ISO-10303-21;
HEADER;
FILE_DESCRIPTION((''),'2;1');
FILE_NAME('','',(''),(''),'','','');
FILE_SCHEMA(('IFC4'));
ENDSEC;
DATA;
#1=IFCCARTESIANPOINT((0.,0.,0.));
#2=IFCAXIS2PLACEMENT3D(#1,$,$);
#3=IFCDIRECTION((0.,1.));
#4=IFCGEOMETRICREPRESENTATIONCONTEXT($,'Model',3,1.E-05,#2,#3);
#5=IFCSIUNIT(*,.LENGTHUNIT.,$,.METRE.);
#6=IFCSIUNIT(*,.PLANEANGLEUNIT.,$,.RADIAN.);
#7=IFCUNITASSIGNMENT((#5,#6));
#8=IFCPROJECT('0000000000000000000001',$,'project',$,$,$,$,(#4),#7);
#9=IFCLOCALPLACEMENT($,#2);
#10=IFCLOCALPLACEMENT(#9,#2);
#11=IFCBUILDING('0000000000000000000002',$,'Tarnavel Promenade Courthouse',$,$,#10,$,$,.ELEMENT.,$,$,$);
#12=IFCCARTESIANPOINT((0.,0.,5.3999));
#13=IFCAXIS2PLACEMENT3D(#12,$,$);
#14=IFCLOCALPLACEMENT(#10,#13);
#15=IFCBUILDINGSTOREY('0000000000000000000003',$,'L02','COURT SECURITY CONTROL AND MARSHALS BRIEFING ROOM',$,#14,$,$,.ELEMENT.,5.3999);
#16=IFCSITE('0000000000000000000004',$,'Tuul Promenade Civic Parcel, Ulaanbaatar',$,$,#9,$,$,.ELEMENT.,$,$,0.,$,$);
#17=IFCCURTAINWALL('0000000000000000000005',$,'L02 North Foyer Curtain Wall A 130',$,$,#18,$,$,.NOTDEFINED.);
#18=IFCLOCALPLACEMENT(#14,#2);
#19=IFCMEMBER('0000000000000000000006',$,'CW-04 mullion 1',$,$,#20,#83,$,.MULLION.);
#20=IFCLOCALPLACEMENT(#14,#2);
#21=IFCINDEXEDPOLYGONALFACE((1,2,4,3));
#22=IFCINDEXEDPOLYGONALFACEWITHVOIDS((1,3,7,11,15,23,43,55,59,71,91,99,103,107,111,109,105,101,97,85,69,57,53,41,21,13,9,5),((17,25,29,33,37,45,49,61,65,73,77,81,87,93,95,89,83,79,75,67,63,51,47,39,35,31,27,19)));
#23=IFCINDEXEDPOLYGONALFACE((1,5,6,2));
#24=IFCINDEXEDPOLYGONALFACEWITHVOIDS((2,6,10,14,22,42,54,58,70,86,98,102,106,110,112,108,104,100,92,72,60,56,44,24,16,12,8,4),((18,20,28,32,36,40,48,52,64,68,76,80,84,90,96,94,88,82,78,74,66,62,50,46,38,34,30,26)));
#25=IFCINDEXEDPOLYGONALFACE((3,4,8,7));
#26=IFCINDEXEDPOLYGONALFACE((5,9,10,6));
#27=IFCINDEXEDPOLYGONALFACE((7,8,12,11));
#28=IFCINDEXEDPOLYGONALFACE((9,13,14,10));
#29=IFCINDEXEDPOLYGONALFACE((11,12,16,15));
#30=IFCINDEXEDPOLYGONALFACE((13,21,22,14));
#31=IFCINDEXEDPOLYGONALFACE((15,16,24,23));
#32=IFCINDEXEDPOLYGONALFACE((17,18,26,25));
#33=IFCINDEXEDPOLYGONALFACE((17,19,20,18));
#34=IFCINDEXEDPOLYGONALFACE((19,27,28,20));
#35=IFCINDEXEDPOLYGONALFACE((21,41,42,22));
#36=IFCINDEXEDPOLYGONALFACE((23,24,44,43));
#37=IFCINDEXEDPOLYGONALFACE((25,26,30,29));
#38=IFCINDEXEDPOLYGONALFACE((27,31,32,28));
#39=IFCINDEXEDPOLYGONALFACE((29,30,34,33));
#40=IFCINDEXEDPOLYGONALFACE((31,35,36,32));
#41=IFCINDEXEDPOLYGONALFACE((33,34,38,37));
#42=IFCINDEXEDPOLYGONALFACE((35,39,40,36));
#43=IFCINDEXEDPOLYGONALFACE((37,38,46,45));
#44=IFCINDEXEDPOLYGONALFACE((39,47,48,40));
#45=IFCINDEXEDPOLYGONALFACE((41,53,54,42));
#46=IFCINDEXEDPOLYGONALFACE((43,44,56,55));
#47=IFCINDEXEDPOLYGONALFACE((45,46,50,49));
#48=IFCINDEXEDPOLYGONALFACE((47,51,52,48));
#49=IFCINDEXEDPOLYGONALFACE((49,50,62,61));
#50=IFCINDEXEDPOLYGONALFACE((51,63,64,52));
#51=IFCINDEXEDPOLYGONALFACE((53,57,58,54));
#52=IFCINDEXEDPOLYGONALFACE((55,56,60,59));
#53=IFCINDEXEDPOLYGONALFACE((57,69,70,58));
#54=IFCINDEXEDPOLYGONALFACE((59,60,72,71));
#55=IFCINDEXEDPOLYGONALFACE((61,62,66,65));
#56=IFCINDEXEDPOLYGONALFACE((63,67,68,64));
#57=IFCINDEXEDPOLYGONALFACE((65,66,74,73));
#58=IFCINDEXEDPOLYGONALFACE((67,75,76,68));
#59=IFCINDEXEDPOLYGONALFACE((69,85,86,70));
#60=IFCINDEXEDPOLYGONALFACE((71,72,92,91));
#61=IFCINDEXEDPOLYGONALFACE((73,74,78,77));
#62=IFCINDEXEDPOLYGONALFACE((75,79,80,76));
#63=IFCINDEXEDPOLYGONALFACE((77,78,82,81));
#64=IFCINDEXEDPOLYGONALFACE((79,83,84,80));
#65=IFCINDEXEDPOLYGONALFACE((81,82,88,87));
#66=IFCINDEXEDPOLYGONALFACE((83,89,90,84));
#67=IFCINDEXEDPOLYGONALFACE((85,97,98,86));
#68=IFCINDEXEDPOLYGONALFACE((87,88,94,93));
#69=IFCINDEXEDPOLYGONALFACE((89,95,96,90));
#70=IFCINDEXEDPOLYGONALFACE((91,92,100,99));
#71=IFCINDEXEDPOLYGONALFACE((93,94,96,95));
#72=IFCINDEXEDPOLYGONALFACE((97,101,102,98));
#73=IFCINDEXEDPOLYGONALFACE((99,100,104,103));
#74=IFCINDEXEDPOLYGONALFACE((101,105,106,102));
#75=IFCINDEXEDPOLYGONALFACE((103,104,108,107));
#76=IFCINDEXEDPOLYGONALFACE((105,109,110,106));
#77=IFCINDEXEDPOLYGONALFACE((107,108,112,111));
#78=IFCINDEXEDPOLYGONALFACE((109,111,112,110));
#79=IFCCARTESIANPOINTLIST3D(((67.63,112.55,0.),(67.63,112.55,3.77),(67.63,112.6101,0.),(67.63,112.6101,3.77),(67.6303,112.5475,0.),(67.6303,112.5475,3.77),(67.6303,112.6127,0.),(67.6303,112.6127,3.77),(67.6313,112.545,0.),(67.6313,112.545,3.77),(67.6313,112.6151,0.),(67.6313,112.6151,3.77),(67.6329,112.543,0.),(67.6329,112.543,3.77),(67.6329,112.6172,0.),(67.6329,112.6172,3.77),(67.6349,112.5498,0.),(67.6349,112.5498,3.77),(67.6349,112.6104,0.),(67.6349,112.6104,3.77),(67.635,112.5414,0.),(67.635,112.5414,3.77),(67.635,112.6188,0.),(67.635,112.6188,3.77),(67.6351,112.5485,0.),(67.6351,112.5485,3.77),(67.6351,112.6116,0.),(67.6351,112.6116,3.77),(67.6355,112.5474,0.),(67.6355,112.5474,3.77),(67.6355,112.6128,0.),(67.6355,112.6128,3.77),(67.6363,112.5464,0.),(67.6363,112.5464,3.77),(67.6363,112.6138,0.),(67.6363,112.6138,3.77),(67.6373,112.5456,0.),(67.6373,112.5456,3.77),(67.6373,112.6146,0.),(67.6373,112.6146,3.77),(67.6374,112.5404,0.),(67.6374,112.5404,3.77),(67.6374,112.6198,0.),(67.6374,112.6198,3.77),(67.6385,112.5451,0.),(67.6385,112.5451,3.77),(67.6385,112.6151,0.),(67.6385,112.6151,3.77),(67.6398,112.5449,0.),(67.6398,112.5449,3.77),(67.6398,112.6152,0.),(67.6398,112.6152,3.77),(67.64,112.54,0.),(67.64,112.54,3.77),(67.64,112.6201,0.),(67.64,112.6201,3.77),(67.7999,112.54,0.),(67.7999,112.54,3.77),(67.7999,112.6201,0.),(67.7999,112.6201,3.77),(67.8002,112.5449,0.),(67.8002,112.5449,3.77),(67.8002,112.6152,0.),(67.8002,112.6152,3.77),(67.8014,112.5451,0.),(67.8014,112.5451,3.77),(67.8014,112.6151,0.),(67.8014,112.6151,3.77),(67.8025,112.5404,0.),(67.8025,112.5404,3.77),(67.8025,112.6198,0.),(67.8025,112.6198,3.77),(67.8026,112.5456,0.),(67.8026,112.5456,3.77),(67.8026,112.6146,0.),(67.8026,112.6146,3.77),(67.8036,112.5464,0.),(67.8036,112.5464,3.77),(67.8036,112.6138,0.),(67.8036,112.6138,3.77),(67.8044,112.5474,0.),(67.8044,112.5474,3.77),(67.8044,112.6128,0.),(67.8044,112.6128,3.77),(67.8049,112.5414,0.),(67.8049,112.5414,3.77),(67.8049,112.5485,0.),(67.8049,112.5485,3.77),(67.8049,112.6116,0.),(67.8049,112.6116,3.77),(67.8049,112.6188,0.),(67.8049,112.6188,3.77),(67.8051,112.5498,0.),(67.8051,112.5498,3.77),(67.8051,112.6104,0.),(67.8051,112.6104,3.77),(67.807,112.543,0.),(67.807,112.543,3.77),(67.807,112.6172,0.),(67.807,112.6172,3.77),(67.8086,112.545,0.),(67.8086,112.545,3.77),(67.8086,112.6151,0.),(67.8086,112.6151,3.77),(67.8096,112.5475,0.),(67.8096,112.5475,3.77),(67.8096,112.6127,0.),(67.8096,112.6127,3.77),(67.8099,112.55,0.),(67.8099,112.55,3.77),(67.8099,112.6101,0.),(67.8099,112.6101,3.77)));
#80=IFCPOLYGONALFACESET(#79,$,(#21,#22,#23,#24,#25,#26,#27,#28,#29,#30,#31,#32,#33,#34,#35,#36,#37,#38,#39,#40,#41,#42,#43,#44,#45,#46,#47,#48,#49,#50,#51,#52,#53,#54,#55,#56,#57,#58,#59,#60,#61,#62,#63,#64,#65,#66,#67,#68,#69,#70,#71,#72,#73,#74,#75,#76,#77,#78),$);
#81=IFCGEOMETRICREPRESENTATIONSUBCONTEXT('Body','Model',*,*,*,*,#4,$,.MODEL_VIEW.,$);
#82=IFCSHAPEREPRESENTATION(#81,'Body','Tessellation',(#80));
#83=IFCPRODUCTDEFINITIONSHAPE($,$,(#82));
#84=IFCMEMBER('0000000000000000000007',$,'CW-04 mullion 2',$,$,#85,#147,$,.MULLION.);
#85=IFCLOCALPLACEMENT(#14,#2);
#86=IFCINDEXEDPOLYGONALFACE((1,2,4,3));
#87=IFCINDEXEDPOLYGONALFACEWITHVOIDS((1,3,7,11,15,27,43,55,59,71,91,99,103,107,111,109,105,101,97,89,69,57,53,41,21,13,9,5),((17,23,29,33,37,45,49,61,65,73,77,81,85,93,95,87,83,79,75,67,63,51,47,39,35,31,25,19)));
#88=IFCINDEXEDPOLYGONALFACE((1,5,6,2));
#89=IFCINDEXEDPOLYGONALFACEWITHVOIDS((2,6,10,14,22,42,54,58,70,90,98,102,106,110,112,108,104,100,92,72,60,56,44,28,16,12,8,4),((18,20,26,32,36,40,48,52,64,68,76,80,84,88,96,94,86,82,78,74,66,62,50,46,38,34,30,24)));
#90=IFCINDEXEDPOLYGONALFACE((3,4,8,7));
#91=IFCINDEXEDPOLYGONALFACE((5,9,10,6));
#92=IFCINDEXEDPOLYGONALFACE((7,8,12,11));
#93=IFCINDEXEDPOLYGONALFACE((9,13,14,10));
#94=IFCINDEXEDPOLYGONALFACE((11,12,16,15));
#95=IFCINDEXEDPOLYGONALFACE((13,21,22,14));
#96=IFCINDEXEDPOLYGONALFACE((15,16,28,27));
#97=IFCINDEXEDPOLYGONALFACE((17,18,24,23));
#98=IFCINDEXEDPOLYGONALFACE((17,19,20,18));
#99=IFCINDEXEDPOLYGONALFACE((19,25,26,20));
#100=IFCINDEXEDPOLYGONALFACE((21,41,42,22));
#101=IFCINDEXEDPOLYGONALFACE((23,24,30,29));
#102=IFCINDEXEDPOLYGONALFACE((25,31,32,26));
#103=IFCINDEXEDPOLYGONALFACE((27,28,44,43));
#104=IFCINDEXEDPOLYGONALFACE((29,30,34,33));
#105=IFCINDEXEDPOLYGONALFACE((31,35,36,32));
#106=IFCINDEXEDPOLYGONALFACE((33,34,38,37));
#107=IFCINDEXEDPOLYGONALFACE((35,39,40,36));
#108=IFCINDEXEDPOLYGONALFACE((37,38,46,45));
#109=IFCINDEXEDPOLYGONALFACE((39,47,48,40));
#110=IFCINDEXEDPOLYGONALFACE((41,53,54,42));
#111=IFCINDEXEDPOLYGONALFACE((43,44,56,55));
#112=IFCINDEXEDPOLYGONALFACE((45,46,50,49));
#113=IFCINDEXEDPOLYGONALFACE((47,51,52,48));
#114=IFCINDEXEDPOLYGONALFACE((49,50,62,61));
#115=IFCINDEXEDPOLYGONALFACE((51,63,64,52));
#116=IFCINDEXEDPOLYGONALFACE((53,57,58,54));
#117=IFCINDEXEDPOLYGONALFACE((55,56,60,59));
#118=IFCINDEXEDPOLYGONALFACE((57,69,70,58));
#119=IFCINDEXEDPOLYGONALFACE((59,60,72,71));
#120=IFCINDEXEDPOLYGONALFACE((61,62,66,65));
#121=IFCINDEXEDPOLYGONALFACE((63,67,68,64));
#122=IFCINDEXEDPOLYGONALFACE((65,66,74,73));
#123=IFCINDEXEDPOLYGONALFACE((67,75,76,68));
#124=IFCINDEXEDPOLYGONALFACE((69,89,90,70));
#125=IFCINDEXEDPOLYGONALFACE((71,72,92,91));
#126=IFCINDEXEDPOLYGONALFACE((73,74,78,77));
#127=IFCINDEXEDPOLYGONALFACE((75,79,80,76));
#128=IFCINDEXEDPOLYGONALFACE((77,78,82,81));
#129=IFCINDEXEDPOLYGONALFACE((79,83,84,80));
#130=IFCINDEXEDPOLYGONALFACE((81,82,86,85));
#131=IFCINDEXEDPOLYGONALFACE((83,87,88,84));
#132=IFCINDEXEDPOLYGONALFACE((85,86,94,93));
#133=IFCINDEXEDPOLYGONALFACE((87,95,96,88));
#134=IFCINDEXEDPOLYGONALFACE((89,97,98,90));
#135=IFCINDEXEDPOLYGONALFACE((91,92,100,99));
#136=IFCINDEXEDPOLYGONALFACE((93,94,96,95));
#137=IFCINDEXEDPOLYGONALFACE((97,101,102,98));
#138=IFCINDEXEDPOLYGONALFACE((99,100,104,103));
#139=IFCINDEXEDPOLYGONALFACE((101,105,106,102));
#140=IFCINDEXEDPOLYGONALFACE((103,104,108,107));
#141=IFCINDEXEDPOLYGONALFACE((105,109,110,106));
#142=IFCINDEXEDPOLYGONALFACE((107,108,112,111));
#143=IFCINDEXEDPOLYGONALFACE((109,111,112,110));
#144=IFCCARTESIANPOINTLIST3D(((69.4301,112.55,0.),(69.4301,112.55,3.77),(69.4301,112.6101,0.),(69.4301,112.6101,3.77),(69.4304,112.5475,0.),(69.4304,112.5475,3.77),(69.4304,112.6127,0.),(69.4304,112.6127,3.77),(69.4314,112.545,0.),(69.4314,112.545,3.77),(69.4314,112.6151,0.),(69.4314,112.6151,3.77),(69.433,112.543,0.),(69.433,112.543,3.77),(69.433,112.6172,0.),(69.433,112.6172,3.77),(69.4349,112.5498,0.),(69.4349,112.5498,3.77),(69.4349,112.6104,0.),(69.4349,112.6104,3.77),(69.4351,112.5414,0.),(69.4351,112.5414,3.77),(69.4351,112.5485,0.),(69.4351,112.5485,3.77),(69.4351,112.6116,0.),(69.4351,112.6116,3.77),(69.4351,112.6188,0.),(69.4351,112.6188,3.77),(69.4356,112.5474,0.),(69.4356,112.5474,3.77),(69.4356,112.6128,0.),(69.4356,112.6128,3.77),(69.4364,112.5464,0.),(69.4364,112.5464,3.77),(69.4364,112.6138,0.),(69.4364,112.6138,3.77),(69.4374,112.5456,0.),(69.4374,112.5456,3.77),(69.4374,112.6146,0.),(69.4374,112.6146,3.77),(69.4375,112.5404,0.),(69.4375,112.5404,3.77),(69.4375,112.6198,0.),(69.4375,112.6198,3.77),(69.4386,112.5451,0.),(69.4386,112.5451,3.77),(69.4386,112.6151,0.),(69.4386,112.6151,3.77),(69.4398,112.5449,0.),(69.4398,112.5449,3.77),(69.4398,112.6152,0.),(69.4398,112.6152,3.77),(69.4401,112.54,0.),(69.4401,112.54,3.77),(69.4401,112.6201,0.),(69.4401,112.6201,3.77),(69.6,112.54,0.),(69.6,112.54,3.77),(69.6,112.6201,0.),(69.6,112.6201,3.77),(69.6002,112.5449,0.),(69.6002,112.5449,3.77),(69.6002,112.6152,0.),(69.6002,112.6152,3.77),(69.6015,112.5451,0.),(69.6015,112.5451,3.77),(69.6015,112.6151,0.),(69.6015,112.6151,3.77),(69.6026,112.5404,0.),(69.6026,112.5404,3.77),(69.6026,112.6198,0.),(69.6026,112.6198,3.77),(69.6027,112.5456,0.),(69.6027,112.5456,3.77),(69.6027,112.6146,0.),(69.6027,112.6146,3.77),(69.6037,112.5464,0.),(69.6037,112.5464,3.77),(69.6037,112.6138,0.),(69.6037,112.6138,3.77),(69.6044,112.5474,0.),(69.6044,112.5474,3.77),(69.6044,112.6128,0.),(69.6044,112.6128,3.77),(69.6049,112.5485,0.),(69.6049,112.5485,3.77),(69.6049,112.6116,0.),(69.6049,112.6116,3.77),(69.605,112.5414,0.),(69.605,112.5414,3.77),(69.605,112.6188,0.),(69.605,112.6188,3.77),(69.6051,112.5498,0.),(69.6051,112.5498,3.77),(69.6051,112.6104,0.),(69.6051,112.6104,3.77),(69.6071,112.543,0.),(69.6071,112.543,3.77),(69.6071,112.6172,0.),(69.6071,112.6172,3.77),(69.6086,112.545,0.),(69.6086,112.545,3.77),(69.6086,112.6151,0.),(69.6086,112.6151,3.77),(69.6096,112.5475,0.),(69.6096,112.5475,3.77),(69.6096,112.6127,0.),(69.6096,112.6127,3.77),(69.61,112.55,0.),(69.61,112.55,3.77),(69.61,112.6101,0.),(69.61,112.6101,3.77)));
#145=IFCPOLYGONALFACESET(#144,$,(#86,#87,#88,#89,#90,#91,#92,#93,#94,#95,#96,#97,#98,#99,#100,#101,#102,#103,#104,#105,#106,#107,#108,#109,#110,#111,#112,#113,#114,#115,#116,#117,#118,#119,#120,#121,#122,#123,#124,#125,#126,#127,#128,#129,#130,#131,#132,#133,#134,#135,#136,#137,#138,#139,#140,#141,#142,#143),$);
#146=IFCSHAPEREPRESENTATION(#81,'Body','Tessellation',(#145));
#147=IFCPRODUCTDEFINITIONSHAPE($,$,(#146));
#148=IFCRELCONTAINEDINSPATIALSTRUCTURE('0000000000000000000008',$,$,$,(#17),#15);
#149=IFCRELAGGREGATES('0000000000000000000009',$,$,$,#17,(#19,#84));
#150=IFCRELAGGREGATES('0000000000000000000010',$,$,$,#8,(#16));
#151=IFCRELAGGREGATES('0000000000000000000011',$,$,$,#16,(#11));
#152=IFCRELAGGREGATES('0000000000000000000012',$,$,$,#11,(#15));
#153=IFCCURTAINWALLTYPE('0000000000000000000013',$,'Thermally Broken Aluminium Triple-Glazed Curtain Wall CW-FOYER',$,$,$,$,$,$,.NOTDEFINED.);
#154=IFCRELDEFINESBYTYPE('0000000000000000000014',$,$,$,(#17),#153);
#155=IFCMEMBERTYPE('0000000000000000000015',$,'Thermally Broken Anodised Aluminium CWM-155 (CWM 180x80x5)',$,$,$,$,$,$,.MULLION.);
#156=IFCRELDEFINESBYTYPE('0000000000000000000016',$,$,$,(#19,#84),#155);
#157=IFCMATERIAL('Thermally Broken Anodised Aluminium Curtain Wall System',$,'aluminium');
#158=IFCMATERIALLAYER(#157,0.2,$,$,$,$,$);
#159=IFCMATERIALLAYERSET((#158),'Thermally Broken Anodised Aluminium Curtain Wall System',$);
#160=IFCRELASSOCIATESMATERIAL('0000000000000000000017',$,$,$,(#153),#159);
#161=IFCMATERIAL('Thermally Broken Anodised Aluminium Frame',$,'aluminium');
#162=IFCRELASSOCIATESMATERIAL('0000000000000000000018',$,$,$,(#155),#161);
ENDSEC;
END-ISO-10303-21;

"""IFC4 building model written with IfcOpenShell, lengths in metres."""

from ifc_helpers import new_model, si_unit, direction, frame, origin, origin_2d, place, context, subcontext, project, spatial, hollow_rectangle, extrude, material, layer, layer_set, material_profile, profile_set, type_object, element, aggregate, save


model = new_model("IFC4")

# Units and contexts
model_context = context("Model", 3, precision=1e-05, world=origin(), true_north=direction((0.0, 1.0)))
body_context = subcontext(model_context, "Body", "Model", "MODEL_VIEW")
ifc_project = project(units=[si_unit("LENGTHUNIT", "METRE"), si_unit("PLANEANGLEUNIT", "RADIAN")], contexts=[model_context])

# Site, building, storey
site_placement = place(None, origin())
site = spatial("IfcSite", under=ifc_project, at=site_placement, Name="Tuul Promenade Civic Parcel, Ulaanbaatar", CompositionType="ELEMENT", RefElevation=0.0)
building_placement = place(site_placement, origin())
building = spatial("IfcBuilding", under=site, at=building_placement, Name="Tarnavel Promenade Courthouse", CompositionType="ELEMENT")
storey_placement = place(building_placement, frame((0.0, 0.0, 5.3999)))
storey = spatial("IfcBuildingStorey", under=building, at=storey_placement, Name="L02", Description="COURT SECURITY CONTROL AND MARSHALS BRIEFING ROOM", CompositionType="ELEMENT", Elevation=5.3999)

# Curtain wall, members
ifc_material_1 = material(Name="Thermally Broken Anodised Aluminium Curtain Wall System", Category="aluminium")
ifc_layer_1 = layer(ifc_material_1, 0.2)
ifc_layer_set_1 = layer_set([ifc_layer_1], Name="Thermally Broken Anodised Aluminium Curtain Wall System")
curtain_wall_type = type_object("IfcCurtainWallType", Name="Thermally Broken Aluminium Triple-Glazed Curtain Wall CW-FOYER", PredefinedType="NOTDEFINED", material=ifc_layer_set_1)
curtain_wall_1_placement = place(storey_placement, origin())
curtain_wall_1 = element("IfcCurtainWall", 1, at=curtain_wall_1_placement, inside=storey, type_object=curtain_wall_type, Name="L02 North Foyer Curtain Wall A 130", PredefinedType="NOTDEFINED")
ifc_material_2 = material(Name="Thermally Broken Anodised Aluminium Frame", Category="aluminium")
ifc_material_profile_1 = material_profile(ifc_material_2, hollow_rectangle(XDim=0.0801, YDim=0.1799, WallThickness=0.0049, InnerFilletRadius=0.0049, OuterFilletRadius=0.01, at=origin_2d()), Name="CWM 180x80x5")
ifc_profile_set_1 = profile_set([ifc_material_profile_1], Name="Thermally Broken Anodised Aluminium Frame")
member_type_1 = type_object("IfcMemberType", Name="Thermally Broken Anodised Aluminium CWM-155 (CWM 180x80x5)", PredefinedType="MULLION", material=ifc_profile_set_1)
member_1_placement = place(storey_placement, frame((67.72, 112.5801, 0.0), z_axis=(0.0, 0.0, 1.0), x_axis=(0.0, 1.0, 0.0)))
member_1 = element("IfcMember", 2, at=member_1_placement, type_object=member_type_1, Name="CW-04 mullion 1", PredefinedType="MULLION", context=body_context, shape_type="SweptSolid", body=[
    extrude(hollow_rectangle(XDim=0.0801, YDim=0.1799, WallThickness=0.0049, InnerFilletRadius=0.0049, OuterFilletRadius=0.01, at=origin_2d()), origin(), (0.0, 0.0, 1.0), 3.77),
])
member_2_placement = place(storey_placement, frame((69.52, 112.5801, 0.0), z_axis=(0.0, 0.0, 1.0), x_axis=(0.0, 1.0, 0.0)))
member_2 = element("IfcMember", 3, at=member_2_placement, type_object=member_type_1, Name="CW-04 mullion 2", PredefinedType="MULLION", context=body_context, shape_type="SweptSolid", body=[
    extrude(hollow_rectangle(XDim=0.0801, YDim=0.1799, WallThickness=0.0049, InnerFilletRadius=0.0049, OuterFilletRadius=0.01, at=origin_2d()), origin(), (0.0, 0.0, 1.0), 3.77),
])

aggregate(curtain_wall_1, [member_1, member_2])

save(model, "model.ifc")
